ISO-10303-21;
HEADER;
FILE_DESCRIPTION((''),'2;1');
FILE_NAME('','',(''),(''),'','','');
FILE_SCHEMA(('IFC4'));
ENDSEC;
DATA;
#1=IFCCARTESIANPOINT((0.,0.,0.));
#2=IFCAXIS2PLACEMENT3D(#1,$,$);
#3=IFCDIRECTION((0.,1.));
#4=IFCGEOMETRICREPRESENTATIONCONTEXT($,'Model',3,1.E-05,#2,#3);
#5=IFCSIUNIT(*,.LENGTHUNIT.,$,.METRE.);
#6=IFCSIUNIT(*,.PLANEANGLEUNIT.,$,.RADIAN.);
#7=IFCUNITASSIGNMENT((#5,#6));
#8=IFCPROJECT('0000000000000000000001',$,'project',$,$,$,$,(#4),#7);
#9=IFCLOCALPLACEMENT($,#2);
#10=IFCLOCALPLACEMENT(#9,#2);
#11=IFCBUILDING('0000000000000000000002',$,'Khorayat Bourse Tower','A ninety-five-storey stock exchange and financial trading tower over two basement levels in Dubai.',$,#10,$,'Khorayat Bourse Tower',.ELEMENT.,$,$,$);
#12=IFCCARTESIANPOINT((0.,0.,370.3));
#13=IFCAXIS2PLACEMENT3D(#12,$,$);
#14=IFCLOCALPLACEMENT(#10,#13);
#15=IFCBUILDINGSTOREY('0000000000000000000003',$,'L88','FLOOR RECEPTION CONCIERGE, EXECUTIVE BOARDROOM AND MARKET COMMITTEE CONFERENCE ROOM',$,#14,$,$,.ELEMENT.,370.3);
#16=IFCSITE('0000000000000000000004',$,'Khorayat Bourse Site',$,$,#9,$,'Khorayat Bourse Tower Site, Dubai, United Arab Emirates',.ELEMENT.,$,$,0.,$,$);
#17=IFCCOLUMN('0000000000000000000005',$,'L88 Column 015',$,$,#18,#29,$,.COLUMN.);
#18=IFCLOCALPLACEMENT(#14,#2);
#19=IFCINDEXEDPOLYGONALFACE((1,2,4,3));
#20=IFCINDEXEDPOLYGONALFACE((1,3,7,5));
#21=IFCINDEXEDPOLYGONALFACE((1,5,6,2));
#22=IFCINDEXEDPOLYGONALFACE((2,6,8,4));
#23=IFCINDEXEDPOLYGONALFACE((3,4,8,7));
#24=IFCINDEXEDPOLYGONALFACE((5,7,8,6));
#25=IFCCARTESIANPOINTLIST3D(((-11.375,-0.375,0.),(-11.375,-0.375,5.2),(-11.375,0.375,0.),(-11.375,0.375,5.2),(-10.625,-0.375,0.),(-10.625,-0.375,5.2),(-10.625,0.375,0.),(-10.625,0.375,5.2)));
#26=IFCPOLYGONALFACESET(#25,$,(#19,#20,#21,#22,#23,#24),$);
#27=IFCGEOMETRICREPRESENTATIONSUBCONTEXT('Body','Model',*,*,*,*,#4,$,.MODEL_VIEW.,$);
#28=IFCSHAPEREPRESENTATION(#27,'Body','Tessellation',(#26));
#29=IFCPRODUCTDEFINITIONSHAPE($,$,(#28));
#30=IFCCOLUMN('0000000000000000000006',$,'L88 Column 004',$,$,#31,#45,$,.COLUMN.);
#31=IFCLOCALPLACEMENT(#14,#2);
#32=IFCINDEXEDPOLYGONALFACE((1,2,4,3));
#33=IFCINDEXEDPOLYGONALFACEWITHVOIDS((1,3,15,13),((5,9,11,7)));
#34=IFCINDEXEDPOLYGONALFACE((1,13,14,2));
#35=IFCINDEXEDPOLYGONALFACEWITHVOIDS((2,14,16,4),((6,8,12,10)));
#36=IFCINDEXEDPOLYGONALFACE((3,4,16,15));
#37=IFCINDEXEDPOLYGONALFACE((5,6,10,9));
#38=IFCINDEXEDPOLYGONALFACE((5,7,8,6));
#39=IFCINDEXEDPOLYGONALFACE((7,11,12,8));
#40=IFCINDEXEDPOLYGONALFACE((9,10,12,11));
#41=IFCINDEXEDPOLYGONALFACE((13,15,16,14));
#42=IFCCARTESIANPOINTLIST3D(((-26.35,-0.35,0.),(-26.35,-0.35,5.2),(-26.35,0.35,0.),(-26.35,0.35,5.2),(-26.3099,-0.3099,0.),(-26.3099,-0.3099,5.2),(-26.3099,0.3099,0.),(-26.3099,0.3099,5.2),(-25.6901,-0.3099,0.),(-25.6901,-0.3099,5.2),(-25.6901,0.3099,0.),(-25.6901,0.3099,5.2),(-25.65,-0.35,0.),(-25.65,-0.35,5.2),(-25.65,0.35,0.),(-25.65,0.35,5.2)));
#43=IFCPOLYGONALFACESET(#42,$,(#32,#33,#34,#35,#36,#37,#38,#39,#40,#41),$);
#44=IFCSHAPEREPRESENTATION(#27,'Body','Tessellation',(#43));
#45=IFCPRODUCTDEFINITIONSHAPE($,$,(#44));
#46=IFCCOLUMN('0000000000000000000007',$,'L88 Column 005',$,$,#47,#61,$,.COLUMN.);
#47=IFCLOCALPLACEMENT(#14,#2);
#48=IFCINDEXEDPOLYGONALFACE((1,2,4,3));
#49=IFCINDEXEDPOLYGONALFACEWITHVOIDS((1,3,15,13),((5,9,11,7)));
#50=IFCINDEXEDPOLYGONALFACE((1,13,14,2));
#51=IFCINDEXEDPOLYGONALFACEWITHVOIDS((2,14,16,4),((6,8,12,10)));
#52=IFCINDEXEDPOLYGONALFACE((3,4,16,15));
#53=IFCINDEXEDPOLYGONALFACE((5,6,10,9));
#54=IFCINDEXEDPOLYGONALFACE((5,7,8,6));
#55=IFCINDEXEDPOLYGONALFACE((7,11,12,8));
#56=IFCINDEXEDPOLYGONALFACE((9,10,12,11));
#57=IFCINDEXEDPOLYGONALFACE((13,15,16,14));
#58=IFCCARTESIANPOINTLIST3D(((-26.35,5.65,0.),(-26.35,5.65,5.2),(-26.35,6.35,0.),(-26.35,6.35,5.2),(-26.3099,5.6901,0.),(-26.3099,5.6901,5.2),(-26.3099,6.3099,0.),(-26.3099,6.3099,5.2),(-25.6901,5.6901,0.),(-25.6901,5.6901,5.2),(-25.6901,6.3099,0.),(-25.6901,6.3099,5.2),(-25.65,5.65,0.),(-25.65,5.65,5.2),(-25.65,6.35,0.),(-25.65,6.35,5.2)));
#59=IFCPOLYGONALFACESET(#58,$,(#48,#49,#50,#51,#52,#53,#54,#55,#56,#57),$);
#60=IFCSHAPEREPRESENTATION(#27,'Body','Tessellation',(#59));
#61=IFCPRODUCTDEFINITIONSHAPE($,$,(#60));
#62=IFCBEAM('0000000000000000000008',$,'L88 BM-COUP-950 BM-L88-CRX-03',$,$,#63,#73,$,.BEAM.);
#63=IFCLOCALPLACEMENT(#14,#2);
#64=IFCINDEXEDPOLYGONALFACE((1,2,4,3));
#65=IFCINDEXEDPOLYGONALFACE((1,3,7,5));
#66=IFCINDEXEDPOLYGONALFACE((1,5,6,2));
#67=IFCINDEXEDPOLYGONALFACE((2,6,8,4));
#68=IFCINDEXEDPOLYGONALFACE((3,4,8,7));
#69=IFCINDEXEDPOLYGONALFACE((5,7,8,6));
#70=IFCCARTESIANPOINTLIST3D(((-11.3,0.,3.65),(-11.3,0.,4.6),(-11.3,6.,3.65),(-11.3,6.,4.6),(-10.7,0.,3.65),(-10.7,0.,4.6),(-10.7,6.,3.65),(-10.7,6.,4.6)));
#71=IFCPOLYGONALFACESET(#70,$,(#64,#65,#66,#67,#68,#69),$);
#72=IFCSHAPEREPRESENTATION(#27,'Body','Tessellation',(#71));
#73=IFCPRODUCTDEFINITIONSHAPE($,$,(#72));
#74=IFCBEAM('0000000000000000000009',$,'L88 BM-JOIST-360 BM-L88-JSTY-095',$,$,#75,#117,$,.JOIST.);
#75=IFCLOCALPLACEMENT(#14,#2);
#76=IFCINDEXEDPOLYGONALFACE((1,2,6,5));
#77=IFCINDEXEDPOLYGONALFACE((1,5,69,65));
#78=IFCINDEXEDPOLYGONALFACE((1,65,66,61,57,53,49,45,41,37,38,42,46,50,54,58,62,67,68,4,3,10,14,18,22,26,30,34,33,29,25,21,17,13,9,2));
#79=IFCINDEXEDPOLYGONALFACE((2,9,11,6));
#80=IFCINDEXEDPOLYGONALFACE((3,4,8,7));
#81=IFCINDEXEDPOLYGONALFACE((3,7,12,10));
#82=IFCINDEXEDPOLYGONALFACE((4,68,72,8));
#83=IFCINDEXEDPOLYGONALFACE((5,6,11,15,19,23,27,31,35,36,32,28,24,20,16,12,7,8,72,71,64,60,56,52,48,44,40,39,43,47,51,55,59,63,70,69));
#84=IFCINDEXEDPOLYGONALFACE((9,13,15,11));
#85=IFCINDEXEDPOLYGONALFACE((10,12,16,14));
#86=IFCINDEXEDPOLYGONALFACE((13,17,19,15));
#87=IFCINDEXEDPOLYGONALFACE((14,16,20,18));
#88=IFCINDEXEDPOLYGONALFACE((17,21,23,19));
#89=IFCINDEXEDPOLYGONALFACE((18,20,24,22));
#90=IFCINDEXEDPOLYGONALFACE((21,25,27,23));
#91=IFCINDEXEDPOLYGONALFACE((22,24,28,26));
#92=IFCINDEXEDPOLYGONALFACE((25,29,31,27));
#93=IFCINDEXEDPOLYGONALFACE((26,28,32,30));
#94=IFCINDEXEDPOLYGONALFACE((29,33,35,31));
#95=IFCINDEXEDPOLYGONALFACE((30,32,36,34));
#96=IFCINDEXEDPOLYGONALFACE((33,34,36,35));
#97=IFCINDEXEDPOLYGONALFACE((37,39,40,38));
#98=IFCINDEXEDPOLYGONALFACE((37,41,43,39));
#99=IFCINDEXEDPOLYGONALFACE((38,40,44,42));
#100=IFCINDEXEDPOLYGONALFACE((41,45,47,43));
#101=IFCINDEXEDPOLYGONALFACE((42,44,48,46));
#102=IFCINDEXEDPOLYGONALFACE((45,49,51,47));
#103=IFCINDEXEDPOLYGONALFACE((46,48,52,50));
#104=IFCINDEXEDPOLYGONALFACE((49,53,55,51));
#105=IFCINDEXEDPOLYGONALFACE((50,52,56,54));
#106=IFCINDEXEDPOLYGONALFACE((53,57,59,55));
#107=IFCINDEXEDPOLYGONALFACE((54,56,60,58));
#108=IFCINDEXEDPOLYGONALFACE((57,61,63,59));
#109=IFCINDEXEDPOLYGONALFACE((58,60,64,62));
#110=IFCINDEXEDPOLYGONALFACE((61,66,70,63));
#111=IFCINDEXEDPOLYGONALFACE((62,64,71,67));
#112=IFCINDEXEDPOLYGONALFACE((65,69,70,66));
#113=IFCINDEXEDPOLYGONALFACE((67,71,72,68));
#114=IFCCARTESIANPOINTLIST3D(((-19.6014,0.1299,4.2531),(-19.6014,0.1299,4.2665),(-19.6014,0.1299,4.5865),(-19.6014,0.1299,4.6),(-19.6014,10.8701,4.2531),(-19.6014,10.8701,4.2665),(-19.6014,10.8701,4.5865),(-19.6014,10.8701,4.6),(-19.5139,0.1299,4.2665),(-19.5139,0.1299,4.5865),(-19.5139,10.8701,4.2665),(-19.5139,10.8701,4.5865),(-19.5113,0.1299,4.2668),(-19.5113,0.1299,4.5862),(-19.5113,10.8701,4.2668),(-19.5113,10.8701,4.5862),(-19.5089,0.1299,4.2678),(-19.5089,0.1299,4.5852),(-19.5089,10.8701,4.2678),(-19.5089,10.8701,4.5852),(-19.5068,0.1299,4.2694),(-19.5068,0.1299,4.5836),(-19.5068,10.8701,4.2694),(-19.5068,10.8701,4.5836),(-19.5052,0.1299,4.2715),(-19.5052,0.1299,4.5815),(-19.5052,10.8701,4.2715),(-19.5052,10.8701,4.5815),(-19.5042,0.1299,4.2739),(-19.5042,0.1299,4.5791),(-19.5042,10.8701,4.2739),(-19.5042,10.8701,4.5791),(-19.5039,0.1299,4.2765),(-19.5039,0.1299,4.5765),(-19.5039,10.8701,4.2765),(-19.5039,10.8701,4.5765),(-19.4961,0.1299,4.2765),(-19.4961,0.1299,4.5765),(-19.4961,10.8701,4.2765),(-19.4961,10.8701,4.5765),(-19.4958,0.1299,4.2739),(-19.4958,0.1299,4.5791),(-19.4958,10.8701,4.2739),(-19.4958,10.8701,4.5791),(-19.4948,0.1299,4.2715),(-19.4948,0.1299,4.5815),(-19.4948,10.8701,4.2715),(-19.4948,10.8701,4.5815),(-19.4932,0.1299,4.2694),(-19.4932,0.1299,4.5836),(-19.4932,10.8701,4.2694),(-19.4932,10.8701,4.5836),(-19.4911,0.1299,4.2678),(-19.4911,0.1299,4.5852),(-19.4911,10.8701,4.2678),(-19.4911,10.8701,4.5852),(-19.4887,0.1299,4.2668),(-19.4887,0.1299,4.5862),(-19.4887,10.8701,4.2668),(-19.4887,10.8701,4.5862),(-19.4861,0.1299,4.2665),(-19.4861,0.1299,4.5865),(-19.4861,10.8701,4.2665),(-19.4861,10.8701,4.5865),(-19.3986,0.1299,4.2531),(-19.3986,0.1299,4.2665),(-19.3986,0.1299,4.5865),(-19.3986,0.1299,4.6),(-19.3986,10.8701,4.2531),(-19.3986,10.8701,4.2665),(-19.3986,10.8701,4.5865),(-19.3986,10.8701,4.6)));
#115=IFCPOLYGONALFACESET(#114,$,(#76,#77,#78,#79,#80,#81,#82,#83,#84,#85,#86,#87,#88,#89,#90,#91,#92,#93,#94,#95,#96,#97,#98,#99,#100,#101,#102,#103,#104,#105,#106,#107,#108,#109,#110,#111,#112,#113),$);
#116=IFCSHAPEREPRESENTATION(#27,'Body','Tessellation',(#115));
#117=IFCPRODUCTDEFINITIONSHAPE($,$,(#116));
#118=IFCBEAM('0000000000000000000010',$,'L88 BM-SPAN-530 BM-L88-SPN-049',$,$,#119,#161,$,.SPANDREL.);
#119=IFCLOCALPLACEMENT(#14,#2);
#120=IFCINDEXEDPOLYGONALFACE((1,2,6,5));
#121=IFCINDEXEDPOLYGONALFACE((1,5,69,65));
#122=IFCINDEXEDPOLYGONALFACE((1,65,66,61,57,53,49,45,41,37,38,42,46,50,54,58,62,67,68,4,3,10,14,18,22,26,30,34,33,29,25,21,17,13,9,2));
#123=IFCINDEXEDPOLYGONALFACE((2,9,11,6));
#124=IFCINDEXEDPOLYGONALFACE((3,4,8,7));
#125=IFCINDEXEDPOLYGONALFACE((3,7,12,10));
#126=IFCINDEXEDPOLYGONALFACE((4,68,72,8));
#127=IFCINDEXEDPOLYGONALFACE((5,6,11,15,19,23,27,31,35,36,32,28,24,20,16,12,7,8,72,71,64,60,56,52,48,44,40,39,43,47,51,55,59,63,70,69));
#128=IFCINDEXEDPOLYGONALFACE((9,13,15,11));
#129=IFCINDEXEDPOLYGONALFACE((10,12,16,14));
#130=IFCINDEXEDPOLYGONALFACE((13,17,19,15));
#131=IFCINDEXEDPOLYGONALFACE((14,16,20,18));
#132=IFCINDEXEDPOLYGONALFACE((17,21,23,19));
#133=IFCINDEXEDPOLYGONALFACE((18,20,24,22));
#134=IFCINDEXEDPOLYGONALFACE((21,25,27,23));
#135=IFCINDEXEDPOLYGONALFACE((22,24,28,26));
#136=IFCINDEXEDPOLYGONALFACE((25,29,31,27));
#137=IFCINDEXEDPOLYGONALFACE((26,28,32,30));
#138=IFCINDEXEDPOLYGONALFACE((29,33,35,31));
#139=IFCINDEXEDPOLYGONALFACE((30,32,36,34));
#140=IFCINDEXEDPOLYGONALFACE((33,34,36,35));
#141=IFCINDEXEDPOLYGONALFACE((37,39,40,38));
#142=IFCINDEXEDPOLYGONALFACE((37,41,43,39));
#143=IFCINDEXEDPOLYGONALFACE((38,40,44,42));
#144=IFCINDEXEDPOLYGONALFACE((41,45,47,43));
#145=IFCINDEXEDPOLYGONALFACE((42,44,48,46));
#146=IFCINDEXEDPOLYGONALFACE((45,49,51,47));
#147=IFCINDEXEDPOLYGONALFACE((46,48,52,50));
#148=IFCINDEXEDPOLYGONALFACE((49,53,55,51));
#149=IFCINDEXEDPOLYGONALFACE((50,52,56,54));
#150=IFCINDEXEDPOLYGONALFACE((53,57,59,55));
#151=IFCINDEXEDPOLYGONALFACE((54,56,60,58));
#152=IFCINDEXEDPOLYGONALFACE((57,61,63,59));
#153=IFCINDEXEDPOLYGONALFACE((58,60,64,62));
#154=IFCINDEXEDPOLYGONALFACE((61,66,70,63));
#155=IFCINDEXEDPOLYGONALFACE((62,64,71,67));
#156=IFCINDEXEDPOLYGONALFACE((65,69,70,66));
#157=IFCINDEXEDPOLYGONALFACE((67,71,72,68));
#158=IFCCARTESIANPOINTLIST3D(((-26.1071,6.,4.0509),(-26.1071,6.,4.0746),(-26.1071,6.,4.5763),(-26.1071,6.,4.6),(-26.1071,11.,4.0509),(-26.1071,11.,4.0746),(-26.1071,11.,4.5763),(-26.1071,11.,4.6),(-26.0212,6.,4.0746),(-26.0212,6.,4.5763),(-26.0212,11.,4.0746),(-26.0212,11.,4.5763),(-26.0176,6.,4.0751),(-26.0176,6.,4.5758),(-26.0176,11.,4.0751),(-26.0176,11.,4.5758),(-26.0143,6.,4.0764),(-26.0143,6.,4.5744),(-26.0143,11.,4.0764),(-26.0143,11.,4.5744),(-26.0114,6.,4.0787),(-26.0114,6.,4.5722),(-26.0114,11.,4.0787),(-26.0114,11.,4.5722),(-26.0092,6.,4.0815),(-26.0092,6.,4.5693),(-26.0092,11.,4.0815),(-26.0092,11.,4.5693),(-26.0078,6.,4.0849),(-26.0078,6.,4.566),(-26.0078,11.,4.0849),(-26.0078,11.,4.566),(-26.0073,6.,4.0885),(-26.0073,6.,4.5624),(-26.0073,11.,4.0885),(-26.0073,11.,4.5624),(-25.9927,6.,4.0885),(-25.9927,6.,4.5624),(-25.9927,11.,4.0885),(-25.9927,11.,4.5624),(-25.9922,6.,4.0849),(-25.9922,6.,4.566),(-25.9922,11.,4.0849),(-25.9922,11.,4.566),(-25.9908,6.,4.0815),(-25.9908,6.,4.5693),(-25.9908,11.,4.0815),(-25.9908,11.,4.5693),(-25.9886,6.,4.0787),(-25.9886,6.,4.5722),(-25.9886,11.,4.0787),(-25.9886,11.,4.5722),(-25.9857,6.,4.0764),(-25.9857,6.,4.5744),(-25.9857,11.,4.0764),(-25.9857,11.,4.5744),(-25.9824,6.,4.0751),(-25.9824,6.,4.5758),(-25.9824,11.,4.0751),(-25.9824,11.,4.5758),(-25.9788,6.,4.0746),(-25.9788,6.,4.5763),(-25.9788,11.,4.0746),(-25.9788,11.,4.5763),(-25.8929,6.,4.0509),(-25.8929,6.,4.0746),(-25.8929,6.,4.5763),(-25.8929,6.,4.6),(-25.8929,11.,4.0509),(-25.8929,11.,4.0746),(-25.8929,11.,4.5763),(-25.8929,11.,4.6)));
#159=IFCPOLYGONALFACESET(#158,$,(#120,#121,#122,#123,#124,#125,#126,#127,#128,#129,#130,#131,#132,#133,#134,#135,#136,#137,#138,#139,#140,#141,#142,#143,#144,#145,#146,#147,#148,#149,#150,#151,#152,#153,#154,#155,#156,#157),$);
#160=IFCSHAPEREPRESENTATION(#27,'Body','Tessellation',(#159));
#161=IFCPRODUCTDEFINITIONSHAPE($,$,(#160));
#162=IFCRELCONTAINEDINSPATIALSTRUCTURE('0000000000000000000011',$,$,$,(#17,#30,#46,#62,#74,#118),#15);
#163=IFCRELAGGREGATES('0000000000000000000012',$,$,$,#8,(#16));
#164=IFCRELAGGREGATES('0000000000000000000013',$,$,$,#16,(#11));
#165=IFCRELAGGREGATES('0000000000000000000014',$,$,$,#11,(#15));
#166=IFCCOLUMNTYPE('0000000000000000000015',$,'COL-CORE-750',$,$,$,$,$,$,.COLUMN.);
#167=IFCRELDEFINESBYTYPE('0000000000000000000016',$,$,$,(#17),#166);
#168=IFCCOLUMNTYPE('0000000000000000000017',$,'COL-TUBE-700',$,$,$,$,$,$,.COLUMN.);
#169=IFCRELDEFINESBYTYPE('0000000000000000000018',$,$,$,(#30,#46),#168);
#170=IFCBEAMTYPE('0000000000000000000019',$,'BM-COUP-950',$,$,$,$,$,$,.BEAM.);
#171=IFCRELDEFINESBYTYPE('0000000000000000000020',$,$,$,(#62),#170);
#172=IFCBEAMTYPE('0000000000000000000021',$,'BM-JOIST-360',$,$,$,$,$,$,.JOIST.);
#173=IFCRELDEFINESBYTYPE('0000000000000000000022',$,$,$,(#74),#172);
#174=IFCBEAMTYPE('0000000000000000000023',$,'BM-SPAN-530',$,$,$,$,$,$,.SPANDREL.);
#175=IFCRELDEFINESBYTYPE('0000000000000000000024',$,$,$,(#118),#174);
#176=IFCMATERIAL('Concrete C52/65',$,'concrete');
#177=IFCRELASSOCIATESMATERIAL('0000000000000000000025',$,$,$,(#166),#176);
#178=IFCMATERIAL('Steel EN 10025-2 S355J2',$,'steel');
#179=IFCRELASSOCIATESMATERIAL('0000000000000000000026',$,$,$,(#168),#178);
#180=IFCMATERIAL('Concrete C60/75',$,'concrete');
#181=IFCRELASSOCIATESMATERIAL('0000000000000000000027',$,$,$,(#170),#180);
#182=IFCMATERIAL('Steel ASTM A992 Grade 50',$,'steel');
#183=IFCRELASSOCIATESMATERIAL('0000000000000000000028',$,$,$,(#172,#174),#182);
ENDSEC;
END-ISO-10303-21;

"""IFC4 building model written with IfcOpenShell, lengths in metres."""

from ifc_helpers import new_model, si_unit, direction, frame, origin, origin_2d, place, context, subcontext, project, spatial, rectangle, hollow_rectangle, i_section, extrude, source, transform, mapped, material, material_profile, profile_set, type_object, element, save


model = new_model("IFC4")

# Units and contexts
model_context = context("Model", 3, precision=1e-05, world=origin(), true_north=direction((0.0, 1.0)))
body_context = subcontext(model_context, "Body", "Model", "MODEL_VIEW")
ifc_project = project(units=[si_unit("LENGTHUNIT", "METRE"), si_unit("PLANEANGLEUNIT", "RADIAN")], contexts=[model_context])

# Site, building, storey
site_placement = place(None, origin())
site = spatial("IfcSite", under=ifc_project, at=site_placement, Name="Khorayat Bourse Site", LongName="Khorayat Bourse Tower Site, Dubai, United Arab Emirates", CompositionType="ELEMENT", RefElevation=0.0)
building_placement = place(site_placement, origin())
building = spatial("IfcBuilding", under=site, at=building_placement, Name="Khorayat Bourse Tower", Description="A ninety-five-storey stock exchange and financial trading tower over two basement levels in Dubai.", LongName="Khorayat Bourse Tower", CompositionType="ELEMENT")
storey_placement = place(building_placement, frame((0.0, 0.0, 370.3)))
storey = spatial("IfcBuildingStorey", under=building, at=storey_placement, Name="L88", Description="FLOOR RECEPTION CONCIERGE, EXECUTIVE BOARDROOM AND MARKET COMMITTEE CONFERENCE ROOM", CompositionType="ELEMENT", Elevation=370.3)

# Columns
ifc_material_1 = material(Name="Concrete C52/65", Category="concrete")
ifc_material_profile_1 = material_profile(ifc_material_1, rectangle(XDim=0.75, YDim=0.75, at=origin_2d()), Name="RC 750x750")
ifc_profile_set_1 = profile_set([ifc_material_profile_1], Name="Concrete C52/65")
column_type_1 = type_object("IfcColumnType", Name="COL-CORE-750", PredefinedType="COLUMN", material=ifc_profile_set_1)
shared_shape_1 = source(origin(), body_context, "Body", "SweptSolid", [
    extrude(rectangle(XDim=0.75, YDim=0.75, at=origin_2d()), origin(), (0.0, 0.0, 1.0), 5.2),
])
column_placement = place(storey_placement, frame((-11.0, 0.0, 0.0), z_axis=(0.0, 0.0, 1.0), x_axis=(1.0, 0.0, 0.0)))
element("IfcColumn", 1, at=column_placement, inside=storey, type_object=column_type_1, Name="L88 Column 015", PredefinedType="COLUMN", context=body_context, shape_type="MappedRepresentation", body=[
    mapped(shared_shape_1, transform((0.0, 0.0, 0.0), scale=1.0)),
])
ifc_material_2 = material(Name="Steel EN 10025-2 S355J2", Category="steel")
ifc_material_profile_2 = material_profile(ifc_material_2, hollow_rectangle(XDim=0.7, YDim=0.7, WallThickness=0.04, at=origin_2d()), Name="BOX 700x700x40")
ifc_profile_set_2 = profile_set([ifc_material_profile_2], Name="Steel EN 10025-2 S355J2")
column_type_2 = type_object("IfcColumnType", Name="COL-TUBE-700", PredefinedType="COLUMN", material=ifc_profile_set_2)
shared_shape_2 = source(origin(), body_context, "Body", "SweptSolid", [
    extrude(hollow_rectangle(XDim=0.7, YDim=0.7, WallThickness=0.04, at=origin_2d()), origin(), (0.0, 0.0, 1.0), 5.2),
])
for number, where, z_axis, x_axis, name in (
    (2, (-26.0, 0.0, 0.0), (0.0, 0.0, 1.0), (1.0, 0.0, 0.0), "L88 Column 004"),
    (3, (-26.0, 6.0, 0.0), (0.0, 0.0, 1.0), (1.0, 0.0, 0.0), "L88 Column 005"),
):
    element("IfcColumn", number, at=place(storey_placement, frame(where, z_axis=z_axis, x_axis=x_axis)), inside=storey, type_object=column_type_2, Name=name, PredefinedType="COLUMN", context=body_context, shape_type="MappedRepresentation", body=[
        mapped(shared_shape_2, transform((0.0, 0.0, 0.0), scale=1.0)),
    ])

# Beams
ifc_material_3 = material(Name="Concrete C60/75", Category="concrete")
ifc_material_profile_3 = material_profile(ifc_material_3, rectangle(XDim=0.6001, YDim=0.95, at=origin_2d()), Name="RC 600x950")
ifc_profile_set_3 = profile_set([ifc_material_profile_3], Name="Concrete C60/75")
beam_type_1 = type_object("IfcBeamType", Name="BM-COUP-950", PredefinedType="BEAM", material=ifc_profile_set_3)
shared_shape_3 = source(origin(), body_context, "Body", "SweptSolid", [
    extrude(rectangle(XDim=0.6001, YDim=0.95, at=origin_2d()), origin(), (0.0, 0.0, 1.0), 6.0),
])
beam_1_placement = place(storey_placement, frame((-11.0, 0.0, 4.125), z_axis=(0.0, 1.0, 0.0), x_axis=(-1.0, 0.0, 0.0)))
element("IfcBeam", 4, at=beam_1_placement, inside=storey, type_object=beam_type_1, Name="L88 BM-COUP-950 BM-L88-CRX-03", PredefinedType="BEAM", context=body_context, shape_type="MappedRepresentation", body=[
    mapped(shared_shape_3, transform((0.0, 0.0, 0.0), scale=1.0)),
])
ifc_material_4 = material(Name="Steel ASTM A992 Grade 50", Category="steel")
ifc_material_profile_4 = material_profile(ifc_material_4, i_section(OverallWidth=0.2029, OverallDepth=0.3469, WebThickness=0.0078, FlangeThickness=0.0134, FilletRadius=0.01, at=origin_2d()), Name="W360X64")
ifc_profile_set_4 = profile_set([ifc_material_profile_4], Name="Steel ASTM A992 Grade 50")
beam_type_2 = type_object("IfcBeamType", Name="BM-JOIST-360", PredefinedType="JOIST", material=ifc_profile_set_4)
shared_shape_4 = source(origin(), body_context, "Body", "SweptSolid", [
    extrude(i_section(OverallWidth=0.2029, OverallDepth=0.3469, WebThickness=0.0078, FlangeThickness=0.0134, FilletRadius=0.01, at=origin_2d()), origin(), (0.0, 0.0, 1.0), 10.7402),
])
beam_2_placement = place(storey_placement, frame((-19.5, 0.1299, 4.4265), z_axis=(0.0, 1.0, 0.0), x_axis=(-1.0, 0.0, 0.0)))
element("IfcBeam", 5, at=beam_2_placement, inside=storey, type_object=beam_type_2, Name="L88 BM-JOIST-360 BM-L88-JSTY-095", PredefinedType="JOIST", context=body_context, shape_type="MappedRepresentation", body=[
    mapped(shared_shape_4, transform((0.0, 0.0, 0.0), scale=1.0)),
])
ifc_material_profile_5 = material_profile(ifc_material_4, i_section(OverallWidth=0.2141, OverallDepth=0.5491, WebThickness=0.0146, FlangeThickness=0.0237, FilletRadius=0.0139, at=origin_2d()), Name="W530X138")
ifc_profile_set_5 = profile_set([ifc_material_profile_5], Name="Steel ASTM A992 Grade 50")
beam_type_3 = type_object("IfcBeamType", Name="BM-SPAN-530", PredefinedType="SPANDREL", material=ifc_profile_set_5)
shared_shape_5 = source(origin(), body_context, "Body", "SweptSolid", [
    extrude(i_section(OverallWidth=0.2141, OverallDepth=0.5491, WebThickness=0.0146, FlangeThickness=0.0237, FilletRadius=0.0139, at=origin_2d()), origin(), (0.0, 0.0, 1.0), 5.0),
])
beam_3_placement = place(storey_placement, frame((-26.0, 6.0, 4.3254), z_axis=(0.0, 1.0, 0.0), x_axis=(-1.0, 0.0, 0.0)))
element("IfcBeam", 6, at=beam_3_placement, inside=storey, type_object=beam_type_3, Name="L88 BM-SPAN-530 BM-L88-SPN-049", PredefinedType="SPANDREL", context=body_context, shape_type="MappedRepresentation", body=[
    mapped(shared_shape_5, transform((0.0, 0.0, 0.0), scale=1.0)),
])

save(model, "model.ifc")
